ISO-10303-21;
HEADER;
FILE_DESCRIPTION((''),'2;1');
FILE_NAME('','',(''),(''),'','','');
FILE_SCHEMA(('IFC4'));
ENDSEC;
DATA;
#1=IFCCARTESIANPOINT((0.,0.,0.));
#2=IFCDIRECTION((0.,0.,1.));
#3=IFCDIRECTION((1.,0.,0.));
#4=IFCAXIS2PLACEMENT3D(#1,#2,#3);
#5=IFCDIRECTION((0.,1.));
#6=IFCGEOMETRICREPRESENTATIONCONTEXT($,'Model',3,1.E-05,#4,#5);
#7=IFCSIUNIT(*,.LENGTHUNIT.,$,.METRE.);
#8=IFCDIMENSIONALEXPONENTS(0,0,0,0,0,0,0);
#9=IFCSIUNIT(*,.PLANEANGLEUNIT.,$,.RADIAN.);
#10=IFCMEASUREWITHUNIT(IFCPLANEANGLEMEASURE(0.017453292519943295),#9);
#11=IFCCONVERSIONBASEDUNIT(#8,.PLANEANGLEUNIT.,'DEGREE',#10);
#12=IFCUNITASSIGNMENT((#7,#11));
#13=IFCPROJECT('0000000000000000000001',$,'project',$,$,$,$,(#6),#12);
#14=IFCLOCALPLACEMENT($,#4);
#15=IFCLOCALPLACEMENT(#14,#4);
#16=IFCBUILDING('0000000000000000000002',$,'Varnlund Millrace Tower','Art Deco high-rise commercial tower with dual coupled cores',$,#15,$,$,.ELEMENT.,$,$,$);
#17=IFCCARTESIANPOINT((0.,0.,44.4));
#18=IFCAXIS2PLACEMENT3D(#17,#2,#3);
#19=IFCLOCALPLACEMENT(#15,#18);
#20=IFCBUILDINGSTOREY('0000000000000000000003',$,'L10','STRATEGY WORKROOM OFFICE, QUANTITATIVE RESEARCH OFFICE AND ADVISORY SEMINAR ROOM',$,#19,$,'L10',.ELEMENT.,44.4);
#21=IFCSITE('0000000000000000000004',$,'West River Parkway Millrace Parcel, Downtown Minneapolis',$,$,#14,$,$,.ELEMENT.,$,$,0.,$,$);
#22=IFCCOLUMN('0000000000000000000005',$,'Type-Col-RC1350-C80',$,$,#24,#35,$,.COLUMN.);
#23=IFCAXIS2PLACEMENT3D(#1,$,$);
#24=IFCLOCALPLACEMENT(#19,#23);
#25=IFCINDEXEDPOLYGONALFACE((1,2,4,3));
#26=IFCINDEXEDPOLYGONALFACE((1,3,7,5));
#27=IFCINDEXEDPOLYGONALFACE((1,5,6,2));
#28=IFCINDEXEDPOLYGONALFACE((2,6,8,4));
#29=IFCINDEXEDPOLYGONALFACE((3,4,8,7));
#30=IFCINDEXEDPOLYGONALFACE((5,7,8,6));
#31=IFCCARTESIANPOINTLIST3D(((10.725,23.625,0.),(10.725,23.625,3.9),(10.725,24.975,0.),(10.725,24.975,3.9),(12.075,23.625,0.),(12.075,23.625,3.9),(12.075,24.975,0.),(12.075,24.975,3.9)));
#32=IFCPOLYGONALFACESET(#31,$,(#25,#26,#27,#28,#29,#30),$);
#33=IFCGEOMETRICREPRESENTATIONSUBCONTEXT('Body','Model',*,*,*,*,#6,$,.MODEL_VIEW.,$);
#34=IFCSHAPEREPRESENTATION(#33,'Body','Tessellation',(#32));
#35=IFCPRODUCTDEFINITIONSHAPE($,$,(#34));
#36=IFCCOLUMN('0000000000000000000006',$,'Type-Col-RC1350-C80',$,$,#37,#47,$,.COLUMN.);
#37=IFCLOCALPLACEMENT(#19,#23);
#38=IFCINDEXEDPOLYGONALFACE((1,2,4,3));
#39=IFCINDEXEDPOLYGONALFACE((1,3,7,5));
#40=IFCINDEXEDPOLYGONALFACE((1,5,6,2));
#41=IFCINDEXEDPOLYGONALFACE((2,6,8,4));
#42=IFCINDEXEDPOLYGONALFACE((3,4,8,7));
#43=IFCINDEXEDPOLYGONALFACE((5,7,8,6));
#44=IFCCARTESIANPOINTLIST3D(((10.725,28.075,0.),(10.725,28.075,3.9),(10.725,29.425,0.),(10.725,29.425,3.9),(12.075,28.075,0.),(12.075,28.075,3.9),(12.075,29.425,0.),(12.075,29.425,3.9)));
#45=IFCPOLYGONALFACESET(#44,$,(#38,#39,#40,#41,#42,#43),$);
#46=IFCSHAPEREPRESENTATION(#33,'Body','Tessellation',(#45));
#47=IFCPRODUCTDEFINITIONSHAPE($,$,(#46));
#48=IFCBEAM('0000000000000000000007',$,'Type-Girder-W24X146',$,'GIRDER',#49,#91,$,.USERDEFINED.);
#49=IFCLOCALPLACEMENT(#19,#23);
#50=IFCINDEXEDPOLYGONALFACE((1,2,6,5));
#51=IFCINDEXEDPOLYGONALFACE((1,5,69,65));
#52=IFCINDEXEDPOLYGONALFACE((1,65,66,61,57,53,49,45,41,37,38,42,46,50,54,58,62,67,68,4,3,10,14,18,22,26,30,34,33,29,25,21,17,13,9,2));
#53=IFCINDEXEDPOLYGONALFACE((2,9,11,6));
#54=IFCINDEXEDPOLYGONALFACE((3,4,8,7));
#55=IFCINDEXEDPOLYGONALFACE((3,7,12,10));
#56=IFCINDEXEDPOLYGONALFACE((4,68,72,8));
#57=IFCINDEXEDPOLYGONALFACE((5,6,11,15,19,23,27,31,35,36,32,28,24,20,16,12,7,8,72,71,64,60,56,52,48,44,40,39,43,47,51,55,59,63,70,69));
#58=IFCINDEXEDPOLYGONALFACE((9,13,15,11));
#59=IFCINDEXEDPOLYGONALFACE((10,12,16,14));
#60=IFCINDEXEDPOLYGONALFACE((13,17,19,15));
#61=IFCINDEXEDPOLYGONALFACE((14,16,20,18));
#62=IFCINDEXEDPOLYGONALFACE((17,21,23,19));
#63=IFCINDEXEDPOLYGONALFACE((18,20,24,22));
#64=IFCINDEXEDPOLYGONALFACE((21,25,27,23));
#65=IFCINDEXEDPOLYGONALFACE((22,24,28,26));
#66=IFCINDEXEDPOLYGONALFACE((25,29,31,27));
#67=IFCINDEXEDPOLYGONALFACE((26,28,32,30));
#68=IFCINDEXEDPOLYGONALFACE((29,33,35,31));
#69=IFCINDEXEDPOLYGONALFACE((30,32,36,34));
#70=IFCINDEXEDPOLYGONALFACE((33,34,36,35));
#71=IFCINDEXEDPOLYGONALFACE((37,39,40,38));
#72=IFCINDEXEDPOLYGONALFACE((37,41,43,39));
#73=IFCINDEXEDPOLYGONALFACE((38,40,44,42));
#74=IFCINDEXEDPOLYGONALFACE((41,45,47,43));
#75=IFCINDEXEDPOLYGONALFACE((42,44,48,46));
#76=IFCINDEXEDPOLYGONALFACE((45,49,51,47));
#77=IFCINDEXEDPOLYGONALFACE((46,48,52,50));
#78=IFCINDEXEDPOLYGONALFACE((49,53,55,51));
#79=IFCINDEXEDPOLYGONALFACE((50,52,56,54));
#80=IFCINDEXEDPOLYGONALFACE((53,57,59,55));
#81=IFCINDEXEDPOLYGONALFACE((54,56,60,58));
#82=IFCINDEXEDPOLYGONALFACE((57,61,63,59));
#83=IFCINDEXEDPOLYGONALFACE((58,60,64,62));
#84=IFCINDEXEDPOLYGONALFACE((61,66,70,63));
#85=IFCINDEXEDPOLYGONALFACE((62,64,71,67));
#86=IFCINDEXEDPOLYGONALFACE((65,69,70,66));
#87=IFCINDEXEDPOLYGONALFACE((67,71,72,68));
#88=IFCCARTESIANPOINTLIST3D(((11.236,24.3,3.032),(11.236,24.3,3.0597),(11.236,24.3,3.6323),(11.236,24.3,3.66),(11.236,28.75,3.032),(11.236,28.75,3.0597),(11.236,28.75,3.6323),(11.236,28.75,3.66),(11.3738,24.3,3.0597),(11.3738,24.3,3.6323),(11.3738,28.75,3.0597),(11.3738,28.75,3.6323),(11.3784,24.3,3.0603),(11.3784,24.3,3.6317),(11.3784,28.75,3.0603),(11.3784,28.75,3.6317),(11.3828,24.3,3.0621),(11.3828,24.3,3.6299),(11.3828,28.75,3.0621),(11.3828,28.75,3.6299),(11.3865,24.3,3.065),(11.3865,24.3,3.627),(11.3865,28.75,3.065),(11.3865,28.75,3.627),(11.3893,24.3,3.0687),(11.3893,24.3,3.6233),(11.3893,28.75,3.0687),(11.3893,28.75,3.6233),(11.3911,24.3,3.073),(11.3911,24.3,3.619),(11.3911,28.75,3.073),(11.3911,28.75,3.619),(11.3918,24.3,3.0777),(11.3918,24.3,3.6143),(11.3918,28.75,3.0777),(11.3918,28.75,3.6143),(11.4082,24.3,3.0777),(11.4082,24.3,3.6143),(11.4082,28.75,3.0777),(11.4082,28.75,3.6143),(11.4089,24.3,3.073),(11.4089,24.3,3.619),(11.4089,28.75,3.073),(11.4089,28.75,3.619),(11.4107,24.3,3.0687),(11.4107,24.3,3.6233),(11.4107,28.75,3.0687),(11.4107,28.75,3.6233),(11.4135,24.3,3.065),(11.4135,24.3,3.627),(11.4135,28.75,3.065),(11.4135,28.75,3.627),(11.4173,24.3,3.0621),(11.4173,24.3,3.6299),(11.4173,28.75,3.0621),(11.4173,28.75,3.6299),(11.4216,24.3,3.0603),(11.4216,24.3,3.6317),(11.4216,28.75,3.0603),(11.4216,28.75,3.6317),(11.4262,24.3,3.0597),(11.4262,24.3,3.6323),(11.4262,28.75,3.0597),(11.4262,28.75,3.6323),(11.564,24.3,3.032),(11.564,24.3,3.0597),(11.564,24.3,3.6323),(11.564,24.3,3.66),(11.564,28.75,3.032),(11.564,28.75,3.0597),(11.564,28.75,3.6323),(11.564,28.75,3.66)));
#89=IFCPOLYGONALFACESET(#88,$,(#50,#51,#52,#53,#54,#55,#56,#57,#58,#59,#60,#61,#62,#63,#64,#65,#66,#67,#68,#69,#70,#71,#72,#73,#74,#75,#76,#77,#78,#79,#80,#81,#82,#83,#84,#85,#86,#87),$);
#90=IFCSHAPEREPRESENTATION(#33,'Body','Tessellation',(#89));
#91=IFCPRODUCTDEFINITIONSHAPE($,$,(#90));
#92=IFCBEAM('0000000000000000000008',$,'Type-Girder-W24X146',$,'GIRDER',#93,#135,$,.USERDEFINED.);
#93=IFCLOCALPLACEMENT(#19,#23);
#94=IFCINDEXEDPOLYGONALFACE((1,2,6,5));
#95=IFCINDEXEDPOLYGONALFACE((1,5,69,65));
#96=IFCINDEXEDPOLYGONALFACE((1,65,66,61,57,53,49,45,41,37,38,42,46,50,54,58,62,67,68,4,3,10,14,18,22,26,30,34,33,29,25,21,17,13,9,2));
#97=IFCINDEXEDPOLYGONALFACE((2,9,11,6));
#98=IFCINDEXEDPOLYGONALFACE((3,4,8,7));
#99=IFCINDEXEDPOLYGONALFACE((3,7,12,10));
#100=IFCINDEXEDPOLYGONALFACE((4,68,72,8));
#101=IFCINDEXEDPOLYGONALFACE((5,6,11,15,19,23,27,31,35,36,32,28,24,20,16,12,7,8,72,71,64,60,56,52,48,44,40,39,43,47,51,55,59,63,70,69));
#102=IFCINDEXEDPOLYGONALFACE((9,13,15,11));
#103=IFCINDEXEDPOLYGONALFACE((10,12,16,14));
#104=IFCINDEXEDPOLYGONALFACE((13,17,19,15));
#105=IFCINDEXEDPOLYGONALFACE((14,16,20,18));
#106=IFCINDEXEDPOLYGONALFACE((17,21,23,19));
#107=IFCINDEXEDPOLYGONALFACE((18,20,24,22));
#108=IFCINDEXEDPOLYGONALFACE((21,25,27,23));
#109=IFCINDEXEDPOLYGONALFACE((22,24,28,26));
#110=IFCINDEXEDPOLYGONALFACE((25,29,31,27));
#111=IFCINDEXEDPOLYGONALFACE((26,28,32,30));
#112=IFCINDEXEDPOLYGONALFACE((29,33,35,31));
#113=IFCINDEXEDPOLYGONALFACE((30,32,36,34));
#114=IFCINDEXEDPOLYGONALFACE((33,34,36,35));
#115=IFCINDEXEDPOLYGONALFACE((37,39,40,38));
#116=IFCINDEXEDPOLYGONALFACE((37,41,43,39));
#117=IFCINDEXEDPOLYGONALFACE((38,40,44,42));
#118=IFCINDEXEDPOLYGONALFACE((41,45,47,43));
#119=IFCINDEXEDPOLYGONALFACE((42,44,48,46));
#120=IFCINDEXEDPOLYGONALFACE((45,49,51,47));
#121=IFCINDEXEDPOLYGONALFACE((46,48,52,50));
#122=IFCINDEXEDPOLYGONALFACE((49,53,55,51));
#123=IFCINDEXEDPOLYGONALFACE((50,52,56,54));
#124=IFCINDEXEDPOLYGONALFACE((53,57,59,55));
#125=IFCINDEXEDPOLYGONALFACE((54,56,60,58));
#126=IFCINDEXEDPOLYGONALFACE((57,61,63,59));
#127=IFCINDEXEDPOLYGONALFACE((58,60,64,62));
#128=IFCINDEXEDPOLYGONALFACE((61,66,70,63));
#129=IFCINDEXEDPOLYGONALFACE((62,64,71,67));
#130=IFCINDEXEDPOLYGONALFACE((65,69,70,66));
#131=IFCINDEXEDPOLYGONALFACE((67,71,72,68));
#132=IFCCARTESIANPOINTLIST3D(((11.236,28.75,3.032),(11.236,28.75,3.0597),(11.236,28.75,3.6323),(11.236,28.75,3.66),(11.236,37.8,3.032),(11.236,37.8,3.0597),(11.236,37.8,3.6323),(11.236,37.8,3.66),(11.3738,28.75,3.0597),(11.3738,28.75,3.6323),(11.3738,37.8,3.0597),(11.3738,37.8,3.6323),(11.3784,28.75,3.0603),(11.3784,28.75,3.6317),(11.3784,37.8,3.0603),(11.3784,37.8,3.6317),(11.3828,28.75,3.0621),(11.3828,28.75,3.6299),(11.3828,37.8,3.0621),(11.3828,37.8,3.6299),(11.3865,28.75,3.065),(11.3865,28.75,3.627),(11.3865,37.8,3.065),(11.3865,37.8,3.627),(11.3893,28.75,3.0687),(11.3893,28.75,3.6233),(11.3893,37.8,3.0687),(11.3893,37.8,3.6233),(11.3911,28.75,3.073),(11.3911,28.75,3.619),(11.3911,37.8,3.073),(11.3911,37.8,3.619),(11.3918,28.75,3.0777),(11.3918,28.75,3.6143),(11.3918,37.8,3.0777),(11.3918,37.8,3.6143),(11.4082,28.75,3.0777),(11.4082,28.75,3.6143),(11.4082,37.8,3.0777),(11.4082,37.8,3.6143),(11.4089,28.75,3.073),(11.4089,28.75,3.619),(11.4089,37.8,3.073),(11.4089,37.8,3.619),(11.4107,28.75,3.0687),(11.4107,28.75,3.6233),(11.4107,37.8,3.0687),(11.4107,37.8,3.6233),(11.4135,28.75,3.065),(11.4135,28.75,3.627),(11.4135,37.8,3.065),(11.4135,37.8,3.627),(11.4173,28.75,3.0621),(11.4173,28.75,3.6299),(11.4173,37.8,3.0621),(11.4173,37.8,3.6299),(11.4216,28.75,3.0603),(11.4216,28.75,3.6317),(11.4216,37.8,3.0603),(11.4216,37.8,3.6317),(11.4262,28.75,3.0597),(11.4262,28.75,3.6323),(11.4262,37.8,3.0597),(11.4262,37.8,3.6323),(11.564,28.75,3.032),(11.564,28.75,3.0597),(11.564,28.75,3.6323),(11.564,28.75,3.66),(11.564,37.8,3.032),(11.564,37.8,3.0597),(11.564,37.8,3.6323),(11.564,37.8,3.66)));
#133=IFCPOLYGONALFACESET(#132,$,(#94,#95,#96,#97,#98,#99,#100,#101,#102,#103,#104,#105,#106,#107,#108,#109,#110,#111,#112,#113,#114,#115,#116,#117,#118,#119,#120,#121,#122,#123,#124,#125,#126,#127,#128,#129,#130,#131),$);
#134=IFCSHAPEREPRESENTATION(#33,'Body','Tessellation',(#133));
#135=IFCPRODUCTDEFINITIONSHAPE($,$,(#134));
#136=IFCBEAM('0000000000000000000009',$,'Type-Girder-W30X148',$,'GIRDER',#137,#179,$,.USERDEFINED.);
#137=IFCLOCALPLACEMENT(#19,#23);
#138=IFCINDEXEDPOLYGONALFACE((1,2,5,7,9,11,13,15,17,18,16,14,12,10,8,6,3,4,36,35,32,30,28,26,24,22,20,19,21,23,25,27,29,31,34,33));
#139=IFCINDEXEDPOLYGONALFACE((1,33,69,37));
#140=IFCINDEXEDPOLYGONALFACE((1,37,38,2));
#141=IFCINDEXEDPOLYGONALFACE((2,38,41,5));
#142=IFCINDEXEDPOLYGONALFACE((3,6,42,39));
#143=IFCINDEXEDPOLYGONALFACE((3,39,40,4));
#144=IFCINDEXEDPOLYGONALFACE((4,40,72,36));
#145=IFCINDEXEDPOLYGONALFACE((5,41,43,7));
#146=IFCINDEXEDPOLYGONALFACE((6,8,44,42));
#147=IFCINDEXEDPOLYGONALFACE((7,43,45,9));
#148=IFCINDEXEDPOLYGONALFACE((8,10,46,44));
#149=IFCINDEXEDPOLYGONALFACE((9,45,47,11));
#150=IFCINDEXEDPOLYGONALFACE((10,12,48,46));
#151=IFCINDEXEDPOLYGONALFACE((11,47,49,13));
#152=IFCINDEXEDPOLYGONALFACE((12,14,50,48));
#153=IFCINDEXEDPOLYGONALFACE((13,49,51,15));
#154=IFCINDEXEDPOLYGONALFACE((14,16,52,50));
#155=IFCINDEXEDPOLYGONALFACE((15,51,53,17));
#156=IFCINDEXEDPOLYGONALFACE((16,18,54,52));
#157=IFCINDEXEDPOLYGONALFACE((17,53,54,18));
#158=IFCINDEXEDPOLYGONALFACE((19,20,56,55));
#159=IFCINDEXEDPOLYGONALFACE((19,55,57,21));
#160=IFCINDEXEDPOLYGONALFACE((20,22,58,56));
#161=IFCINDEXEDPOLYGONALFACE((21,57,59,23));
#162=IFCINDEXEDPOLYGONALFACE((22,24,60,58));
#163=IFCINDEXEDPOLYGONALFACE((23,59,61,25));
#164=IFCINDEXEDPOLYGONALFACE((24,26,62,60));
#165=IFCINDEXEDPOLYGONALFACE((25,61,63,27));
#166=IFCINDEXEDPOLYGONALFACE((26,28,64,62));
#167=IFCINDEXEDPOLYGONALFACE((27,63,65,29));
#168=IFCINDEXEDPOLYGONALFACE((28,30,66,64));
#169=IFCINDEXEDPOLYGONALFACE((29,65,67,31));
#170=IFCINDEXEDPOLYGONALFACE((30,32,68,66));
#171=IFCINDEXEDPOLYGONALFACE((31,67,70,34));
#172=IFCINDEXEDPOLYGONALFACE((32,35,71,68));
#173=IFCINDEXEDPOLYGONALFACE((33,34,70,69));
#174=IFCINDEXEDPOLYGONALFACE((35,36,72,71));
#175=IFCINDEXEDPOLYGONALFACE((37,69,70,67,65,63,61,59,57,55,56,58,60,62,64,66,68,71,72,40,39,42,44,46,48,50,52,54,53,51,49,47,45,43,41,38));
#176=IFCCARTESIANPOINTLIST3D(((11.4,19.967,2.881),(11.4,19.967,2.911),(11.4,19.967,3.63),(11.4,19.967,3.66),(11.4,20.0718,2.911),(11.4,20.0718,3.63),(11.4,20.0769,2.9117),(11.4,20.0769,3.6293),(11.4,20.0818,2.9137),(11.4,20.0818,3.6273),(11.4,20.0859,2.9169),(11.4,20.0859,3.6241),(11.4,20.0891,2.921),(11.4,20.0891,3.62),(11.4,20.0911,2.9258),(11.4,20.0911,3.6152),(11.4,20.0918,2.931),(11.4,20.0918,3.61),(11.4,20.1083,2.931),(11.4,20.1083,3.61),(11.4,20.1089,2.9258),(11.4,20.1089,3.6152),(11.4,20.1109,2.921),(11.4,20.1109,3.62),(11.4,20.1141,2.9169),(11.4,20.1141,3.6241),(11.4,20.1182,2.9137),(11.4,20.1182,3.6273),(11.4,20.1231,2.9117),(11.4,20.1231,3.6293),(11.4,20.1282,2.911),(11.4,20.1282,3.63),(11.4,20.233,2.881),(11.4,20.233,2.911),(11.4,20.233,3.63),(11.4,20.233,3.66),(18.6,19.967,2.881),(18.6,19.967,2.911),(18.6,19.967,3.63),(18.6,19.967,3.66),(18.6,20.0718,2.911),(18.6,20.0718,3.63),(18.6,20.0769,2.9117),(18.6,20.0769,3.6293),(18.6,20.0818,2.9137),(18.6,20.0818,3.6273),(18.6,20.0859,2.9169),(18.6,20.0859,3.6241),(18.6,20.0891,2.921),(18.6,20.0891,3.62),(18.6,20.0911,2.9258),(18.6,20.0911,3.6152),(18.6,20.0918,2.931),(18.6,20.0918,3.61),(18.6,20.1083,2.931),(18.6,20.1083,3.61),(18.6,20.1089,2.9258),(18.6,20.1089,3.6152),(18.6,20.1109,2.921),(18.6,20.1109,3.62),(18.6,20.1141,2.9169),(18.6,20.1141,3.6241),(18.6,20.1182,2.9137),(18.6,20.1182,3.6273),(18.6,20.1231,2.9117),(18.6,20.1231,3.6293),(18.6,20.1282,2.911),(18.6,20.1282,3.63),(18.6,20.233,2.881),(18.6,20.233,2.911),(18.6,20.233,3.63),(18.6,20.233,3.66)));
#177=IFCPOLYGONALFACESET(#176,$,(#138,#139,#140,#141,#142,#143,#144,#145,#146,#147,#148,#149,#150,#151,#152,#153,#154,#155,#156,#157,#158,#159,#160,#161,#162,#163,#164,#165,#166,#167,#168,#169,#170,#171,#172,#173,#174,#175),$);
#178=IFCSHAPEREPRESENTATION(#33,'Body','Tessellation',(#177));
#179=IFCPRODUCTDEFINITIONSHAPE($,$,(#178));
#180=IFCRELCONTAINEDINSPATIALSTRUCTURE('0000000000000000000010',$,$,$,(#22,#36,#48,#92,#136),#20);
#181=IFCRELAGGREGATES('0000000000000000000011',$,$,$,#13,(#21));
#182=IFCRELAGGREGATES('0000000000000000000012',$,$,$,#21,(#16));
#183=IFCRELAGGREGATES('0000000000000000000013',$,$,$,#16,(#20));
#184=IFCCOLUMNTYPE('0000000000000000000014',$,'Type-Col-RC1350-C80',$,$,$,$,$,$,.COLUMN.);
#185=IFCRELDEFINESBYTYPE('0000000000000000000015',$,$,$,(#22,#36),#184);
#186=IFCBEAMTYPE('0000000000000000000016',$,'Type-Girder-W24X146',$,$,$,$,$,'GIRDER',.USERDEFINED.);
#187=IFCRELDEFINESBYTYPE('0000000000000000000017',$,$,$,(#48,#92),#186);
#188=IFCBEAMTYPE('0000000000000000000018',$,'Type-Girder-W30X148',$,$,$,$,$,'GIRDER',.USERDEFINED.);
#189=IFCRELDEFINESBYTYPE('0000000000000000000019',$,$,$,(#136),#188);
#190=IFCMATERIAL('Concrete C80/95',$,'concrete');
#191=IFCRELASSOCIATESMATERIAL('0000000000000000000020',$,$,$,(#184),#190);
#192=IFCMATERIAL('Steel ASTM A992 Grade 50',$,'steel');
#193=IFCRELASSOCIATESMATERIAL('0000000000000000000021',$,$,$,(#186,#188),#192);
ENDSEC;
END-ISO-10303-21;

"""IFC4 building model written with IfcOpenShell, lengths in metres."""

from ifc_helpers import new_model, entity, si_unit, converted_unit, direction, frame, origin_with_axes, origin_2d_with_axis, place, context, subcontext, project, spatial, rectangle, i_section, extrude, material, material_profile, profile_set, type_object, element, save


model = new_model("IFC4")

# Units and contexts
model_context = context("Model", 3, precision=1e-05, world=origin_with_axes(), true_north=direction((0.0, 1.0)))
body_context = subcontext(model_context, "Body", "Model", "MODEL_VIEW")
ifc_project = project(units=[si_unit("LENGTHUNIT", "METRE"), converted_unit("PLANEANGLEUNIT", "DEGREE", entity("IfcPlaneAngleMeasure", 0.017453292519943295), si_unit("PLANEANGLEUNIT", "RADIAN"), dimensions=[0, 0, 0, 0, 0, 0, 0])], contexts=[model_context])

# Site, building, storey
site_placement = place(None, origin_with_axes())
site = spatial("IfcSite", under=ifc_project, at=site_placement, Name="West River Parkway Millrace Parcel, Downtown Minneapolis", CompositionType="ELEMENT", RefElevation=0.0)
building_placement = place(site_placement, origin_with_axes())
building = spatial("IfcBuilding", under=site, at=building_placement, Name="Varnlund Millrace Tower", Description="Art Deco high-rise commercial tower with dual coupled cores", CompositionType="ELEMENT")
storey_placement = place(building_placement, frame((0.0, 0.0, 44.4), z_axis=(0.0, 0.0, 1.0), x_axis=(1.0, 0.0, 0.0)))
storey = spatial("IfcBuildingStorey", under=building, at=storey_placement, Name="L10", Description="STRATEGY WORKROOM OFFICE, QUANTITATIVE RESEARCH OFFICE AND ADVISORY SEMINAR ROOM", LongName="L10", CompositionType="ELEMENT", Elevation=44.4)

# Columns
ifc_material_1 = material(Name="Concrete C80/95", Category="concrete")
ifc_material_profile_1 = material_profile(ifc_material_1, rectangle(XDim=1.35, YDim=1.35, at=origin_2d_with_axis()), Name="Concrete C80/95")
ifc_profile_set_1 = profile_set([ifc_material_profile_1], Name="Concrete C80/95")
column_type = type_object("IfcColumnType", Name="Type-Col-RC1350-C80", PredefinedType="COLUMN", material=ifc_profile_set_1)
for number, where, z_axis, x_axis, name in (
    (1, (11.4, 24.3, 0.0), (0.0, 0.0, 1.0), (1.0, 0.0, 0.0), "Type-Col-RC1350-C80"),
    (2, (11.4, 28.75, 0.0), (0.0, 0.0, 1.0), (1.0, 0.0, 0.0), "Type-Col-RC1350-C80"),
):
    element("IfcColumn", number, at=place(storey_placement, frame(where, z_axis=z_axis, x_axis=x_axis)), inside=storey, type_object=column_type, Name=name, PredefinedType="COLUMN", context=body_context, shape_type="SweptSolid", body=[
        extrude(rectangle(XDim=1.35, YDim=1.35, at=origin_2d_with_axis()), origin_with_axes(), (0.0, 0.0, 1.0), 3.9),
    ])

# Beams
ifc_material_2 = material(Name="Steel ASTM A992 Grade 50", Category="steel")
ifc_material_profile_2 = material_profile(ifc_material_2, i_section(OverallWidth=0.328, OverallDepth=0.628, WebThickness=0.0165, FlangeThickness=0.0277, FilletRadius=0.018, at=origin_2d_with_axis()), Name="Steel ASTM A992 Grade 50")
ifc_profile_set_2 = profile_set([ifc_material_profile_2], Name="Steel ASTM A992 Grade 50")
beam_type_1 = type_object("IfcBeamType", Name="Type-Girder-W24X146", ElementType="GIRDER", PredefinedType="USERDEFINED", material=ifc_profile_set_2)
beam_1_placement = place(storey_placement, frame((11.4, 24.3, 3.346), z_axis=(0.0, 1.0, 0.0), x_axis=(-1.0, 0.0, 0.0)))
element("IfcBeam", 3, at=beam_1_placement, inside=storey, type_object=beam_type_1, Name="Type-Girder-W24X146", ObjectType="GIRDER", PredefinedType="USERDEFINED", context=body_context, shape_type="SweptSolid", body=[
    extrude(i_section(OverallWidth=0.328, OverallDepth=0.628, WebThickness=0.0165, FlangeThickness=0.0277, FilletRadius=0.018, at=origin_2d_with_axis()), origin_with_axes(), (0.0, 0.0, 1.0), 4.45),
])
beam_2_placement = place(storey_placement, frame((11.4, 28.75, 3.346), z_axis=(0.0, 1.0, 0.0), x_axis=(-1.0, 0.0, 0.0)))
element("IfcBeam", 4, at=beam_2_placement, inside=storey, type_object=beam_type_1, Name="Type-Girder-W24X146", ObjectType="GIRDER", PredefinedType="USERDEFINED", context=body_context, shape_type="SweptSolid", body=[
    extrude(i_section(OverallWidth=0.328, OverallDepth=0.628, WebThickness=0.0165, FlangeThickness=0.0277, FilletRadius=0.018, at=origin_2d_with_axis()), origin_with_axes(), (0.0, 0.0, 1.0), 9.05),
])
ifc_material_profile_3 = material_profile(ifc_material_2, i_section(OverallWidth=0.266, OverallDepth=0.779, WebThickness=0.0165, FlangeThickness=0.03, FilletRadius=0.02, at=origin_2d_with_axis()), Name="Steel ASTM A992 Grade 50")
ifc_profile_set_3 = profile_set([ifc_material_profile_3], Name="Steel ASTM A992 Grade 50")
beam_type_2 = type_object("IfcBeamType", Name="Type-Girder-W30X148", ElementType="GIRDER", PredefinedType="USERDEFINED", material=ifc_profile_set_3)
for number, where, z_axis, x_axis, name in (
    (5, (11.4, 20.1, 3.2705), (1.0, 0.0, 0.0), (0.0, 1.0, 0.0), "Type-Girder-W30X148"),
):
    element("IfcBeam", number, at=place(storey_placement, frame(where, z_axis=z_axis, x_axis=x_axis)), inside=storey, type_object=beam_type_2, Name=name, ObjectType="GIRDER", PredefinedType="USERDEFINED", context=body_context, shape_type="SweptSolid", body=[
        extrude(i_section(OverallWidth=0.266, OverallDepth=0.779, WebThickness=0.0165, FlangeThickness=0.03, FilletRadius=0.02, at=origin_2d_with_axis()), origin_with_axes(), (0.0, 0.0, 1.0), 7.2),
    ])

save(model, "model.ifc")
